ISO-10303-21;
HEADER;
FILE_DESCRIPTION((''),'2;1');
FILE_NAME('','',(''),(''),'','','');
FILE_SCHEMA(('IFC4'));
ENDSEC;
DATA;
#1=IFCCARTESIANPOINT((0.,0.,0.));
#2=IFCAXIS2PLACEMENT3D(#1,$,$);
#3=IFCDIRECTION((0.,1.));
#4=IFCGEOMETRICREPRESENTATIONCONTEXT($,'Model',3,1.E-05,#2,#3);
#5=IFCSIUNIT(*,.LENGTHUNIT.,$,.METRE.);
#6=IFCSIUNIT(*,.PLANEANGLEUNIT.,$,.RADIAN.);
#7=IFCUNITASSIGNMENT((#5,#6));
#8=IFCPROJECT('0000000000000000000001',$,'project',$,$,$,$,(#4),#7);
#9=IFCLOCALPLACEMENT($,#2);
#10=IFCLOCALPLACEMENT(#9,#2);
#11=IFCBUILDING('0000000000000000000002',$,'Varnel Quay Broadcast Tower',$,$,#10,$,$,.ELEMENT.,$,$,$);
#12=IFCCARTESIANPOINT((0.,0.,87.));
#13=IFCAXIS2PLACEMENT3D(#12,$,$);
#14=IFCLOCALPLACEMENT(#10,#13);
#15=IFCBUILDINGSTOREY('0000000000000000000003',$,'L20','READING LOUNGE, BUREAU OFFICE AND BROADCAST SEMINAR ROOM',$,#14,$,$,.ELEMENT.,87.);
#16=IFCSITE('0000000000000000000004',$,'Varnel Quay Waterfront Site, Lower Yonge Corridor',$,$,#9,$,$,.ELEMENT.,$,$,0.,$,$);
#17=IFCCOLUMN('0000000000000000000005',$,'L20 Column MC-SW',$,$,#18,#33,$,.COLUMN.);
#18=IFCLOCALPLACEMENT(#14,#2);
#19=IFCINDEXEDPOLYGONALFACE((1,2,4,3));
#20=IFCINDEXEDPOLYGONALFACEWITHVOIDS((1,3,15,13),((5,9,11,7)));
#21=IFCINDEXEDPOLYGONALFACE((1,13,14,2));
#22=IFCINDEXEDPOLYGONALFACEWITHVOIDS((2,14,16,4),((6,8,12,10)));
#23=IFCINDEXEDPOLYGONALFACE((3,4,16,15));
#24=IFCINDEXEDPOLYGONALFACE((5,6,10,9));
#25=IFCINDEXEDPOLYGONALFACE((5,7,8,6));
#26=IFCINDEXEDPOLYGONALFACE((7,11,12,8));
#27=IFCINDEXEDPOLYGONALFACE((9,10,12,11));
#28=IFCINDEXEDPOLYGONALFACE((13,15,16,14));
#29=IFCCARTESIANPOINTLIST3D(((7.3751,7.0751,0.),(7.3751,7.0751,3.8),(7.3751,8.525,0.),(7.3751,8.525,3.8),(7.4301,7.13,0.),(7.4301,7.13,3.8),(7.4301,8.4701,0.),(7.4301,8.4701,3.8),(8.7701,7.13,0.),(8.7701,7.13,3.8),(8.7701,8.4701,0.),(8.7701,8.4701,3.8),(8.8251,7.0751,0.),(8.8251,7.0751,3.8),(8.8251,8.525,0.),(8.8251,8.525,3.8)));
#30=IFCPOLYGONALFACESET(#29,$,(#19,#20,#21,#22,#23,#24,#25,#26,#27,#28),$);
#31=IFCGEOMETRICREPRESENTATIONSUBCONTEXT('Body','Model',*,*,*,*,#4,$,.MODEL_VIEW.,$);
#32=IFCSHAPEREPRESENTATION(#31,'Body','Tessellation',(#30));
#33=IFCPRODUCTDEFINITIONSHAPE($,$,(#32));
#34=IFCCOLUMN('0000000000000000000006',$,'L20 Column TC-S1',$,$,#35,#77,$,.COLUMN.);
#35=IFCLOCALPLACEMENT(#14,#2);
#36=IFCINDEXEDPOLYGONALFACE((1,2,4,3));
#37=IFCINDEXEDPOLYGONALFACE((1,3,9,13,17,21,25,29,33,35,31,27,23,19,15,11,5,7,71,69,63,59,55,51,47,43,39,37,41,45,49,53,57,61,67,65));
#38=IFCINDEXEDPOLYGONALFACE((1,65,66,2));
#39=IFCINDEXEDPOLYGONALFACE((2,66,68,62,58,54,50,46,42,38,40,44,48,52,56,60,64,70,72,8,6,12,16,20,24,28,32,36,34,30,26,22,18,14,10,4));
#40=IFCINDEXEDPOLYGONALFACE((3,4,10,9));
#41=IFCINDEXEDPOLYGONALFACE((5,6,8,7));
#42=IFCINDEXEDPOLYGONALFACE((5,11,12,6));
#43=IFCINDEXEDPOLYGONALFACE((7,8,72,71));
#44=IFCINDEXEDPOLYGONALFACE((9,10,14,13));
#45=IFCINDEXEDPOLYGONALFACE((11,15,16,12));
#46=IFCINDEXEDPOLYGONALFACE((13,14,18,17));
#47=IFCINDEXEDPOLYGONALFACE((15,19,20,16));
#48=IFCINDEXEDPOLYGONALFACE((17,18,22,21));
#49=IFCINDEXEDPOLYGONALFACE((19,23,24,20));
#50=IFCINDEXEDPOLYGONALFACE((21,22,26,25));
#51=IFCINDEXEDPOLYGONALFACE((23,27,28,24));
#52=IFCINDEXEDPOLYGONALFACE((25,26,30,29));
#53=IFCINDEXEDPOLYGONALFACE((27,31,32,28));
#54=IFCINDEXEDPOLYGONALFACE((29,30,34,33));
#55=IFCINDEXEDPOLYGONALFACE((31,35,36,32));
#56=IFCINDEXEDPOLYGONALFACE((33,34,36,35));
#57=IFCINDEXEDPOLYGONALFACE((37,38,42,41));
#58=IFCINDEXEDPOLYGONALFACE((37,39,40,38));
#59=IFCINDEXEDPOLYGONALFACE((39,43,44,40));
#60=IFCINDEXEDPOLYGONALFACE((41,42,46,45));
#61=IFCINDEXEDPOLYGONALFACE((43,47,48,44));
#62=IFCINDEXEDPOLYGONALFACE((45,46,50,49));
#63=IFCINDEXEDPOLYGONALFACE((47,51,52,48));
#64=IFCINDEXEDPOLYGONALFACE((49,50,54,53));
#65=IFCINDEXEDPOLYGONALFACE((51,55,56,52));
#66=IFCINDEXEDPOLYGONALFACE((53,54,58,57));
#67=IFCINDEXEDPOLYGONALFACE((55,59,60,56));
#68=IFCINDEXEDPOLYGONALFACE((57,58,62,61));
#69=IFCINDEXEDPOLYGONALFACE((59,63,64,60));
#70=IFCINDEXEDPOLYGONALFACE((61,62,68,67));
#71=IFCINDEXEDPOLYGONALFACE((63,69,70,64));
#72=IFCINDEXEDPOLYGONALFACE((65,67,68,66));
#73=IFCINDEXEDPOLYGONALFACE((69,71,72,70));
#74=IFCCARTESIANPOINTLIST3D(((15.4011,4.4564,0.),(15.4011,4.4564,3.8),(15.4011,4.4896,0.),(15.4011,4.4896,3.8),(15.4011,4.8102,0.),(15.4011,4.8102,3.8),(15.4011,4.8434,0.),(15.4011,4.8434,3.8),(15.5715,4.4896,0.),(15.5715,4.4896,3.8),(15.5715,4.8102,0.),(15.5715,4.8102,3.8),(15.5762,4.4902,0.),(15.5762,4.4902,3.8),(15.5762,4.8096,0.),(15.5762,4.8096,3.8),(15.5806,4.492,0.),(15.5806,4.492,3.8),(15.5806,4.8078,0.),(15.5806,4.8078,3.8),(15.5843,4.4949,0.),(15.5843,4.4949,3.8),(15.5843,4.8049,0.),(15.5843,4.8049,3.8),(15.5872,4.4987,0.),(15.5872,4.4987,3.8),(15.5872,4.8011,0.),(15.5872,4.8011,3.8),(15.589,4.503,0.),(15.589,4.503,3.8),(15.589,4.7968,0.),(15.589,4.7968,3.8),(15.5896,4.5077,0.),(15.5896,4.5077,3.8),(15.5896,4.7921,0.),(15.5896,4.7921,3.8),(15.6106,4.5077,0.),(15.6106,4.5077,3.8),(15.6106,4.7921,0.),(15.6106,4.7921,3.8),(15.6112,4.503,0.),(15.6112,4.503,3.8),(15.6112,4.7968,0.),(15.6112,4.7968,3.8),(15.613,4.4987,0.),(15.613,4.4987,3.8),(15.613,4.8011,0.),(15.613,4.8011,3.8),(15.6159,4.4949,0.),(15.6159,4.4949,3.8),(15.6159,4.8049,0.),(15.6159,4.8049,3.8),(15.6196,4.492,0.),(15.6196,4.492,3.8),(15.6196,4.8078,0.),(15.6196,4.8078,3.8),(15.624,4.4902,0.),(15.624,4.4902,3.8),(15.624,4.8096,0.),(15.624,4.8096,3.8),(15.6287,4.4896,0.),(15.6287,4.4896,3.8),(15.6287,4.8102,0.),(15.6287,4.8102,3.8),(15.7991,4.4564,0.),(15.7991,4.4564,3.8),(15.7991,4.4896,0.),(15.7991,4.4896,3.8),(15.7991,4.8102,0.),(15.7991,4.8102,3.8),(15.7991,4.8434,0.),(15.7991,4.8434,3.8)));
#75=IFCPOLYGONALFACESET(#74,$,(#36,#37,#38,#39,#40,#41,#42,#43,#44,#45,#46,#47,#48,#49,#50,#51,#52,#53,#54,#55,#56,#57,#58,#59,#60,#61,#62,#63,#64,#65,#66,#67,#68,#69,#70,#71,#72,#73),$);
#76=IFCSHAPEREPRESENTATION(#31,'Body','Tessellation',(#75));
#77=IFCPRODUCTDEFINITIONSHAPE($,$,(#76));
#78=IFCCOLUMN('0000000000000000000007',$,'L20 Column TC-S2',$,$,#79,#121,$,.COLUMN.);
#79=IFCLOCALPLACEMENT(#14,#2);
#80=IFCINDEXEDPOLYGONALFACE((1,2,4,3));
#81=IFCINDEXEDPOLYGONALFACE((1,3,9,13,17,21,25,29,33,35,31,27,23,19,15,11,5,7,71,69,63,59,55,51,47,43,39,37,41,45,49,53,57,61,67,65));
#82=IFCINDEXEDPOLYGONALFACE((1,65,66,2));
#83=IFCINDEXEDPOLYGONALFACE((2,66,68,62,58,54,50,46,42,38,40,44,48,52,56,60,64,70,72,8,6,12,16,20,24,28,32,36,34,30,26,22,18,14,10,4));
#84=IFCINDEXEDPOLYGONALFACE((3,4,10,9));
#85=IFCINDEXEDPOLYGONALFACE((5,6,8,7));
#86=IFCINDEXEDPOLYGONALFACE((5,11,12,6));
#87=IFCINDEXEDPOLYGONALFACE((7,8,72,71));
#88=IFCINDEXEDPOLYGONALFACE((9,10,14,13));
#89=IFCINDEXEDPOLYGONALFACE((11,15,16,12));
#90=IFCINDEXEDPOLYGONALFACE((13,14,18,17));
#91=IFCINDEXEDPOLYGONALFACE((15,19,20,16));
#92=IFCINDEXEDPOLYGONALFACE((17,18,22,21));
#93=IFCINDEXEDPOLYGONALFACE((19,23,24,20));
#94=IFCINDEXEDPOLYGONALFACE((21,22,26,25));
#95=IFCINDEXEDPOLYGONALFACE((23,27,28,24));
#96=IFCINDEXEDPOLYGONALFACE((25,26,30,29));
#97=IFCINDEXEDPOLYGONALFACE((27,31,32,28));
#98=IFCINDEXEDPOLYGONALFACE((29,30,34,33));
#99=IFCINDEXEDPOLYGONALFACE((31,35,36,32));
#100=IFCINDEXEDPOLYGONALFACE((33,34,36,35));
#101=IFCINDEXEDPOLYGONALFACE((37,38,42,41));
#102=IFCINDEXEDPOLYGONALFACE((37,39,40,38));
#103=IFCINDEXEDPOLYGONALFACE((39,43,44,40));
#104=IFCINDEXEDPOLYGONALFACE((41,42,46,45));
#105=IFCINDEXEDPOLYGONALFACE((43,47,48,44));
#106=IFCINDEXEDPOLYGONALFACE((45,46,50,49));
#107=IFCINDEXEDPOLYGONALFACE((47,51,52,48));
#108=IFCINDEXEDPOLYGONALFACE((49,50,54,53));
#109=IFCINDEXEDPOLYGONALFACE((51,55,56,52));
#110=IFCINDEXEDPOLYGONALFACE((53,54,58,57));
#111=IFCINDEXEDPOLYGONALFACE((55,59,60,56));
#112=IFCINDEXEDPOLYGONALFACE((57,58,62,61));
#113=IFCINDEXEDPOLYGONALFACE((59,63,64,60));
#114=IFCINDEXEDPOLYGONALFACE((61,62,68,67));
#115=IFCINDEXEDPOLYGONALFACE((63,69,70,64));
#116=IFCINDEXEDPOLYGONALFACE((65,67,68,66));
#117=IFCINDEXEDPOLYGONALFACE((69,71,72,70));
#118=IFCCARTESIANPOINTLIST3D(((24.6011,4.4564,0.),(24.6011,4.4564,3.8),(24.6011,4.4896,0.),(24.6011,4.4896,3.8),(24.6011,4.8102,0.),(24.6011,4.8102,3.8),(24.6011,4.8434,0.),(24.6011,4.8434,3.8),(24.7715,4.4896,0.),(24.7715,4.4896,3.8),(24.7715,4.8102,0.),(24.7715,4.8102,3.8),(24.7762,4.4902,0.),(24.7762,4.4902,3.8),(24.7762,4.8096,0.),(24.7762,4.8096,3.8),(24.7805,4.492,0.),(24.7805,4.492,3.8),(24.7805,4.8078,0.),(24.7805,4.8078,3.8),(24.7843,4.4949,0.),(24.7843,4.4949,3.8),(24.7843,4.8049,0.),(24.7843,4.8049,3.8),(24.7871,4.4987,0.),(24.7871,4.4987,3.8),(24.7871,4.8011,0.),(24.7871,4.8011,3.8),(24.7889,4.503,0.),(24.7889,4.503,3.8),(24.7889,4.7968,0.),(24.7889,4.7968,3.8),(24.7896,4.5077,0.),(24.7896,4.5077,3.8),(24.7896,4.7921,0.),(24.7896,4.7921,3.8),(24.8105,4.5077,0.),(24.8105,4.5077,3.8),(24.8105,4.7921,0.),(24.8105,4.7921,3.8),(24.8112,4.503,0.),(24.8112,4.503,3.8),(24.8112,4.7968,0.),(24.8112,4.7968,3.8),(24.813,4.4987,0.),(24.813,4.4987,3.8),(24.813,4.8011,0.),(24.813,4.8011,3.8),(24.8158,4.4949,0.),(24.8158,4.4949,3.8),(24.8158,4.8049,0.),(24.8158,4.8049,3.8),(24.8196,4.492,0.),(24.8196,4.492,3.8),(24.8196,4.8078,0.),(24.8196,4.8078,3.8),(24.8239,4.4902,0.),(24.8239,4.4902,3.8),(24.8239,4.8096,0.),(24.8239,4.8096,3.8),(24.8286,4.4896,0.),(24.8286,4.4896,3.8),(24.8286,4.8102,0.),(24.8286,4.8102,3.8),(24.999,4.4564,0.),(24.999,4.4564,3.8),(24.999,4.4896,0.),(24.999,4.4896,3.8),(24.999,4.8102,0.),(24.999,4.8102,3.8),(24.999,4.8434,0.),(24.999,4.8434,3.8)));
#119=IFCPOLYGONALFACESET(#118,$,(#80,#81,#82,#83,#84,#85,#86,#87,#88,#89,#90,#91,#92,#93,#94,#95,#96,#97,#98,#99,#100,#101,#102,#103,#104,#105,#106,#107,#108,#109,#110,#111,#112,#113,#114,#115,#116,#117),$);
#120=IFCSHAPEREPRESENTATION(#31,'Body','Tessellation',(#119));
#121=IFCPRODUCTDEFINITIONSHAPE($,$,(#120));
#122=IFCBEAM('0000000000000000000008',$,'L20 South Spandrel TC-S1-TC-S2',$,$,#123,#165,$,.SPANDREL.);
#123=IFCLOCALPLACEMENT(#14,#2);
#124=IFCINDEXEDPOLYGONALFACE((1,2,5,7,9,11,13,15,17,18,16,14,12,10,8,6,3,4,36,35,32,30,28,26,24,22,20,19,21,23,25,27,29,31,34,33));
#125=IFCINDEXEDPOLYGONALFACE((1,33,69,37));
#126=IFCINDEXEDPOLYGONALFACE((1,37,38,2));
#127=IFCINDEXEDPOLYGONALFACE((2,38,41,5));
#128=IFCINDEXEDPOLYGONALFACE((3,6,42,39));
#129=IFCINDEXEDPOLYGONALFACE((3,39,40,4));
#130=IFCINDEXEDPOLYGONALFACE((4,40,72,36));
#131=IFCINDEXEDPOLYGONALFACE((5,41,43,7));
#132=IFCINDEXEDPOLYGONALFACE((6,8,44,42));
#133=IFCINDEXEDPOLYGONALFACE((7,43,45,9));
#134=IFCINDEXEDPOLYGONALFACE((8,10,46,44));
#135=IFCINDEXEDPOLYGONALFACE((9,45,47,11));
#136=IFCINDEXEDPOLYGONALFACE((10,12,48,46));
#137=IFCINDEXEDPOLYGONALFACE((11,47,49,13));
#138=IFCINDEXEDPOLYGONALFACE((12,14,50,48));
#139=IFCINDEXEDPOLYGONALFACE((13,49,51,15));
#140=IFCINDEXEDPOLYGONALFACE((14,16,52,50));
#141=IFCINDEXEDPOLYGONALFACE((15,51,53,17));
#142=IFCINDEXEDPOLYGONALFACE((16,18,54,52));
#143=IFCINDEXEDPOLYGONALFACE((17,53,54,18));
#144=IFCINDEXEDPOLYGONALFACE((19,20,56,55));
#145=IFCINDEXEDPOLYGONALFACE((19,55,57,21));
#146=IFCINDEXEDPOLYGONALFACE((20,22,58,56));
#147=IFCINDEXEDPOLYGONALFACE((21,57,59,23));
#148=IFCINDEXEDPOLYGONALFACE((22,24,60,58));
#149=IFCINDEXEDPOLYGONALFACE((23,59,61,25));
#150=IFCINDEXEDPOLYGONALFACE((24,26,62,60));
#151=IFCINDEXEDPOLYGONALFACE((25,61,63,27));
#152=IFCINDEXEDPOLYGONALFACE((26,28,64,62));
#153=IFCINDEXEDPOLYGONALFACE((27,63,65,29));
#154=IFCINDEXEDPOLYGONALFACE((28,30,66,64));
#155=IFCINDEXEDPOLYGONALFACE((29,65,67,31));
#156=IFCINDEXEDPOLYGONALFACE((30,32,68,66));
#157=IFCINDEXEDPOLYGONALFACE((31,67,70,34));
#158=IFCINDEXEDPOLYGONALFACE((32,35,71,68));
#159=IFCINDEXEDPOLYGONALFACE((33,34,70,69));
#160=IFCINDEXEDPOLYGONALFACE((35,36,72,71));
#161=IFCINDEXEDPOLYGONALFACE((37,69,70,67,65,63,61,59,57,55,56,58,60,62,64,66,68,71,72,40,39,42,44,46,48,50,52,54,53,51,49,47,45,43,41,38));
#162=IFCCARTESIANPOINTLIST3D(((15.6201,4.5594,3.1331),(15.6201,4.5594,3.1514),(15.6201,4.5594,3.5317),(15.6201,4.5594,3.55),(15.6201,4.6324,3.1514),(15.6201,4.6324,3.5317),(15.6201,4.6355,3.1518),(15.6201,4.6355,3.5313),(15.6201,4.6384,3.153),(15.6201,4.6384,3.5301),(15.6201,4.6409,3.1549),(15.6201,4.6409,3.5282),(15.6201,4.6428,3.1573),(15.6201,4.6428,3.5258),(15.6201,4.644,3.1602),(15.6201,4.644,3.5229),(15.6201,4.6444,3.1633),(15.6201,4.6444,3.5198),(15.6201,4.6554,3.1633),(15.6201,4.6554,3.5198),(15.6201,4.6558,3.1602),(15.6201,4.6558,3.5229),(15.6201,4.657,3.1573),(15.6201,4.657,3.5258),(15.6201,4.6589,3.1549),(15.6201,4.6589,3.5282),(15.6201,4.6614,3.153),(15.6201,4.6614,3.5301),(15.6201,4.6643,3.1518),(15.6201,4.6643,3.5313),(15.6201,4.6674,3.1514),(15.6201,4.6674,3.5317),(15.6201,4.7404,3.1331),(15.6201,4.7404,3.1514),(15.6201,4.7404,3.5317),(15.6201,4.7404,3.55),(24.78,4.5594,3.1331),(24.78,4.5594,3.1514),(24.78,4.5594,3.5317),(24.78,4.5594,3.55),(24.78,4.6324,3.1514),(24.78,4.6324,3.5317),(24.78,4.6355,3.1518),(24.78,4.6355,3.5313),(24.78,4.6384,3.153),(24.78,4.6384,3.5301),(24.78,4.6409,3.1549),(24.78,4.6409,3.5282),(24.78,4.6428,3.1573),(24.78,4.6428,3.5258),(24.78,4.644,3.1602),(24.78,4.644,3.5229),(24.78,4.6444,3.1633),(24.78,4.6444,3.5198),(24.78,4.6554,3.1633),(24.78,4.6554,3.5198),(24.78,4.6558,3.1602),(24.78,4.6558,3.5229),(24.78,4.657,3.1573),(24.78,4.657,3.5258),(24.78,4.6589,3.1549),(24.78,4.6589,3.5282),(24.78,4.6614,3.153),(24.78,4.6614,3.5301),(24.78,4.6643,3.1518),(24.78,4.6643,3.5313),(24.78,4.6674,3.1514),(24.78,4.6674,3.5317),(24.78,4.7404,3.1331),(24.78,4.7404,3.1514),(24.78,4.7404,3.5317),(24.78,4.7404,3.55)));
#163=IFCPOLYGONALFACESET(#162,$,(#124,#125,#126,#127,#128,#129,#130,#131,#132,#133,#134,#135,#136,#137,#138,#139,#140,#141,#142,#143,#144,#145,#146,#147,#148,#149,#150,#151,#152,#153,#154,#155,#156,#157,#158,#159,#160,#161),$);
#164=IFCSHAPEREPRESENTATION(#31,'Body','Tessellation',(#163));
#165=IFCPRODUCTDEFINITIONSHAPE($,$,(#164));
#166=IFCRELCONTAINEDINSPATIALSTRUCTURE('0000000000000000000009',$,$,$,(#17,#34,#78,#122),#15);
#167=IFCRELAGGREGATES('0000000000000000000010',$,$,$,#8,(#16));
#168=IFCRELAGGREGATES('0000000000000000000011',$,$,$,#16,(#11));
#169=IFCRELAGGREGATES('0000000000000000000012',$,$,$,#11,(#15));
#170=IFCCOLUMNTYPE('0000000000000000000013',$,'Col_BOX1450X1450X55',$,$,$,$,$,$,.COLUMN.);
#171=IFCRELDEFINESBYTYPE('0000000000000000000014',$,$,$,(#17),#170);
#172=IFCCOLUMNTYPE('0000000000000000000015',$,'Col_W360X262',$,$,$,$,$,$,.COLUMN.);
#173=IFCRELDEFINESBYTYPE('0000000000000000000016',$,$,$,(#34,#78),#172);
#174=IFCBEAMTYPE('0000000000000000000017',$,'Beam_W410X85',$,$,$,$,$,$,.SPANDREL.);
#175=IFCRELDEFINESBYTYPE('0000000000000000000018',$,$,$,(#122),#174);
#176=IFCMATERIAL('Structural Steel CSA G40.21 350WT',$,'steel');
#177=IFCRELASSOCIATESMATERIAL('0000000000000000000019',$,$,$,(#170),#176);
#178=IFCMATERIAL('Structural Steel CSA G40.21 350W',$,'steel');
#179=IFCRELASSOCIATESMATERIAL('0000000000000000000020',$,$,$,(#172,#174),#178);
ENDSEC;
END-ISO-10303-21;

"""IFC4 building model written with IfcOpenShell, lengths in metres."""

from ifc_helpers import new_model, si_unit, direction, frame, origin, origin_2d, place, context, subcontext, project, spatial, hollow_rectangle, i_section, extrude, source, transform, mapped, material, material_profile, profile_set, type_object, type_shapes, element, save


model = new_model("IFC4")

# Units and contexts
model_context = context("Model", 3, precision=1e-05, world=origin(), true_north=direction((0.0, 1.0)))
body_context = subcontext(model_context, "Body", "Model", "MODEL_VIEW")
ifc_project = project(units=[si_unit("LENGTHUNIT", "METRE"), si_unit("PLANEANGLEUNIT", "RADIAN")], contexts=[model_context])

# Site, building, storey
site_placement = place(None, origin())
site = spatial("IfcSite", under=ifc_project, at=site_placement, Name="Varnel Quay Waterfront Site, Lower Yonge Corridor", CompositionType="ELEMENT", RefElevation=0.0)
building_placement = place(site_placement, origin())
building = spatial("IfcBuilding", under=site, at=building_placement, Name="Varnel Quay Broadcast Tower", CompositionType="ELEMENT")
storey_placement = place(building_placement, frame((0.0, 0.0, 87.0)))
storey = spatial("IfcBuildingStorey", under=building, at=storey_placement, Name="L20", Description="READING LOUNGE, BUREAU OFFICE AND BROADCAST SEMINAR ROOM", CompositionType="ELEMENT", Elevation=87.0)

# Columns
ifc_material_1 = material(Name="Structural Steel CSA G40.21 350WT", Category="steel")
ifc_material_profile_1 = material_profile(ifc_material_1, hollow_rectangle(XDim=1.45, YDim=1.45, WallThickness=0.0549, at=origin_2d()), Name="BOX1450X1450X55")
ifc_profile_set_1 = profile_set([ifc_material_profile_1], Name="Structural Steel CSA G40.21 350WT")
column_type_1 = type_object("IfcColumnType", Name="Col_BOX1450X1450X55", PredefinedType="COLUMN", material=ifc_profile_set_1)
shared_shape_1 = source(origin(), body_context, "Body", "SweptSolid", [
    extrude(hollow_rectangle(XDim=1.45, YDim=1.45, WallThickness=0.0549, at=origin_2d()), origin(), (0.0, 0.0, 1.0), 3.8),
])
type_shapes(column_type_1, [shared_shape_1])
column_placement = place(storey_placement, frame((8.1001, 7.8, 0.0), z_axis=(0.0, 0.0, 1.0), x_axis=(1.0, 0.0, 0.0)))
element("IfcColumn", 1, at=column_placement, inside=storey, type_object=column_type_1, Name="L20 Column MC-SW", PredefinedType="COLUMN", context=body_context, shape_type="MappedRepresentation", body=[
    mapped(shared_shape_1, transform((0.0, 0.0, 0.0), x_axis=(1.0, 0.0, 0.0), y_axis=(0.0, 1.0, 0.0), z_axis=(0.0, 0.0, 1.0), scale=1.0)),
])
ifc_material_2 = material(Name="Structural Steel CSA G40.21 350W", Category="steel")
ifc_material_profile_2 = material_profile(ifc_material_2, i_section(OverallWidth=0.3979, OverallDepth=0.387, WebThickness=0.021, FlangeThickness=0.0332, FilletRadius=0.0181, at=origin_2d()), Name="W360X262")
ifc_profile_set_2 = profile_set([ifc_material_profile_2], Name="Structural Steel CSA G40.21 350W")
column_type_2 = type_object("IfcColumnType", Name="Col_W360X262", PredefinedType="COLUMN", material=ifc_profile_set_2)
shared_shape_2 = source(origin(), body_context, "Body", "SweptSolid", [
    extrude(i_section(OverallWidth=0.3979, OverallDepth=0.387, WebThickness=0.021, FlangeThickness=0.0332, FilletRadius=0.0181, at=origin_2d()), origin(), (0.0, 0.0, 1.0), 3.8),
])
type_shapes(column_type_2, [shared_shape_2])
for number, where, z_axis, x_axis, name in (
    (2, (15.6001, 4.6499, 0.0), (0.0, 0.0, 1.0), (1.0, 0.0, 0.0), "L20 Column TC-S1"),
    (3, (24.8, 4.6499, 0.0), (0.0, 0.0, 1.0), (1.0, 0.0, 0.0), "L20 Column TC-S2"),
):
    element("IfcColumn", number, at=place(storey_placement, frame(where, z_axis=z_axis, x_axis=x_axis)), inside=storey, type_object=column_type_2, Name=name, PredefinedType="COLUMN", context=body_context, shape_type="MappedRepresentation", body=[
        mapped(shared_shape_2, transform((0.0, 0.0, 0.0), x_axis=(1.0, 0.0, 0.0), y_axis=(0.0, 1.0, 0.0), z_axis=(0.0, 0.0, 1.0), scale=1.0)),
    ])

# Beam
ifc_material_profile_3 = material_profile(ifc_material_2, i_section(OverallWidth=0.1809, OverallDepth=0.417, WebThickness=0.011, FlangeThickness=0.0183, FilletRadius=0.012, at=origin_2d()), Name="W410X85")
ifc_profile_set_3 = profile_set([ifc_material_profile_3], Name="Structural Steel CSA G40.21 350W")
beam_type_1 = type_object("IfcBeamType", Name="Beam_W410X85", PredefinedType="SPANDREL", material=ifc_profile_set_3)
shared_shape_3 = source(origin(), body_context, "Body", "SweptSolid", [
    extrude(i_section(OverallWidth=0.1809, OverallDepth=0.417, WebThickness=0.011, FlangeThickness=0.0183, FilletRadius=0.012, at=origin_2d()), origin(), (0.0, 0.0, 1.0), 9.1599),
])
for number, where, z_axis, x_axis, name in (
    (4, (15.6201, 4.6499, 3.3416), (1.0, 0.0, 0.0), (0.0, 1.0, 0.0), "L20 South Spandrel TC-S1-TC-S2"),
):
    element("IfcBeam", number, at=place(storey_placement, frame(where, z_axis=z_axis, x_axis=x_axis)), inside=storey, type_object=beam_type_1, Name=name, PredefinedType="SPANDREL", context=body_context, shape_type="MappedRepresentation", body=[
        mapped(shared_shape_3, transform((0.0, 0.0, 0.0), x_axis=(1.0, 0.0, 0.0), y_axis=(0.0, 1.0, 0.0), z_axis=(0.0, 0.0, 1.0), scale=1.0)),
    ])

save(model, "model.ifc")
